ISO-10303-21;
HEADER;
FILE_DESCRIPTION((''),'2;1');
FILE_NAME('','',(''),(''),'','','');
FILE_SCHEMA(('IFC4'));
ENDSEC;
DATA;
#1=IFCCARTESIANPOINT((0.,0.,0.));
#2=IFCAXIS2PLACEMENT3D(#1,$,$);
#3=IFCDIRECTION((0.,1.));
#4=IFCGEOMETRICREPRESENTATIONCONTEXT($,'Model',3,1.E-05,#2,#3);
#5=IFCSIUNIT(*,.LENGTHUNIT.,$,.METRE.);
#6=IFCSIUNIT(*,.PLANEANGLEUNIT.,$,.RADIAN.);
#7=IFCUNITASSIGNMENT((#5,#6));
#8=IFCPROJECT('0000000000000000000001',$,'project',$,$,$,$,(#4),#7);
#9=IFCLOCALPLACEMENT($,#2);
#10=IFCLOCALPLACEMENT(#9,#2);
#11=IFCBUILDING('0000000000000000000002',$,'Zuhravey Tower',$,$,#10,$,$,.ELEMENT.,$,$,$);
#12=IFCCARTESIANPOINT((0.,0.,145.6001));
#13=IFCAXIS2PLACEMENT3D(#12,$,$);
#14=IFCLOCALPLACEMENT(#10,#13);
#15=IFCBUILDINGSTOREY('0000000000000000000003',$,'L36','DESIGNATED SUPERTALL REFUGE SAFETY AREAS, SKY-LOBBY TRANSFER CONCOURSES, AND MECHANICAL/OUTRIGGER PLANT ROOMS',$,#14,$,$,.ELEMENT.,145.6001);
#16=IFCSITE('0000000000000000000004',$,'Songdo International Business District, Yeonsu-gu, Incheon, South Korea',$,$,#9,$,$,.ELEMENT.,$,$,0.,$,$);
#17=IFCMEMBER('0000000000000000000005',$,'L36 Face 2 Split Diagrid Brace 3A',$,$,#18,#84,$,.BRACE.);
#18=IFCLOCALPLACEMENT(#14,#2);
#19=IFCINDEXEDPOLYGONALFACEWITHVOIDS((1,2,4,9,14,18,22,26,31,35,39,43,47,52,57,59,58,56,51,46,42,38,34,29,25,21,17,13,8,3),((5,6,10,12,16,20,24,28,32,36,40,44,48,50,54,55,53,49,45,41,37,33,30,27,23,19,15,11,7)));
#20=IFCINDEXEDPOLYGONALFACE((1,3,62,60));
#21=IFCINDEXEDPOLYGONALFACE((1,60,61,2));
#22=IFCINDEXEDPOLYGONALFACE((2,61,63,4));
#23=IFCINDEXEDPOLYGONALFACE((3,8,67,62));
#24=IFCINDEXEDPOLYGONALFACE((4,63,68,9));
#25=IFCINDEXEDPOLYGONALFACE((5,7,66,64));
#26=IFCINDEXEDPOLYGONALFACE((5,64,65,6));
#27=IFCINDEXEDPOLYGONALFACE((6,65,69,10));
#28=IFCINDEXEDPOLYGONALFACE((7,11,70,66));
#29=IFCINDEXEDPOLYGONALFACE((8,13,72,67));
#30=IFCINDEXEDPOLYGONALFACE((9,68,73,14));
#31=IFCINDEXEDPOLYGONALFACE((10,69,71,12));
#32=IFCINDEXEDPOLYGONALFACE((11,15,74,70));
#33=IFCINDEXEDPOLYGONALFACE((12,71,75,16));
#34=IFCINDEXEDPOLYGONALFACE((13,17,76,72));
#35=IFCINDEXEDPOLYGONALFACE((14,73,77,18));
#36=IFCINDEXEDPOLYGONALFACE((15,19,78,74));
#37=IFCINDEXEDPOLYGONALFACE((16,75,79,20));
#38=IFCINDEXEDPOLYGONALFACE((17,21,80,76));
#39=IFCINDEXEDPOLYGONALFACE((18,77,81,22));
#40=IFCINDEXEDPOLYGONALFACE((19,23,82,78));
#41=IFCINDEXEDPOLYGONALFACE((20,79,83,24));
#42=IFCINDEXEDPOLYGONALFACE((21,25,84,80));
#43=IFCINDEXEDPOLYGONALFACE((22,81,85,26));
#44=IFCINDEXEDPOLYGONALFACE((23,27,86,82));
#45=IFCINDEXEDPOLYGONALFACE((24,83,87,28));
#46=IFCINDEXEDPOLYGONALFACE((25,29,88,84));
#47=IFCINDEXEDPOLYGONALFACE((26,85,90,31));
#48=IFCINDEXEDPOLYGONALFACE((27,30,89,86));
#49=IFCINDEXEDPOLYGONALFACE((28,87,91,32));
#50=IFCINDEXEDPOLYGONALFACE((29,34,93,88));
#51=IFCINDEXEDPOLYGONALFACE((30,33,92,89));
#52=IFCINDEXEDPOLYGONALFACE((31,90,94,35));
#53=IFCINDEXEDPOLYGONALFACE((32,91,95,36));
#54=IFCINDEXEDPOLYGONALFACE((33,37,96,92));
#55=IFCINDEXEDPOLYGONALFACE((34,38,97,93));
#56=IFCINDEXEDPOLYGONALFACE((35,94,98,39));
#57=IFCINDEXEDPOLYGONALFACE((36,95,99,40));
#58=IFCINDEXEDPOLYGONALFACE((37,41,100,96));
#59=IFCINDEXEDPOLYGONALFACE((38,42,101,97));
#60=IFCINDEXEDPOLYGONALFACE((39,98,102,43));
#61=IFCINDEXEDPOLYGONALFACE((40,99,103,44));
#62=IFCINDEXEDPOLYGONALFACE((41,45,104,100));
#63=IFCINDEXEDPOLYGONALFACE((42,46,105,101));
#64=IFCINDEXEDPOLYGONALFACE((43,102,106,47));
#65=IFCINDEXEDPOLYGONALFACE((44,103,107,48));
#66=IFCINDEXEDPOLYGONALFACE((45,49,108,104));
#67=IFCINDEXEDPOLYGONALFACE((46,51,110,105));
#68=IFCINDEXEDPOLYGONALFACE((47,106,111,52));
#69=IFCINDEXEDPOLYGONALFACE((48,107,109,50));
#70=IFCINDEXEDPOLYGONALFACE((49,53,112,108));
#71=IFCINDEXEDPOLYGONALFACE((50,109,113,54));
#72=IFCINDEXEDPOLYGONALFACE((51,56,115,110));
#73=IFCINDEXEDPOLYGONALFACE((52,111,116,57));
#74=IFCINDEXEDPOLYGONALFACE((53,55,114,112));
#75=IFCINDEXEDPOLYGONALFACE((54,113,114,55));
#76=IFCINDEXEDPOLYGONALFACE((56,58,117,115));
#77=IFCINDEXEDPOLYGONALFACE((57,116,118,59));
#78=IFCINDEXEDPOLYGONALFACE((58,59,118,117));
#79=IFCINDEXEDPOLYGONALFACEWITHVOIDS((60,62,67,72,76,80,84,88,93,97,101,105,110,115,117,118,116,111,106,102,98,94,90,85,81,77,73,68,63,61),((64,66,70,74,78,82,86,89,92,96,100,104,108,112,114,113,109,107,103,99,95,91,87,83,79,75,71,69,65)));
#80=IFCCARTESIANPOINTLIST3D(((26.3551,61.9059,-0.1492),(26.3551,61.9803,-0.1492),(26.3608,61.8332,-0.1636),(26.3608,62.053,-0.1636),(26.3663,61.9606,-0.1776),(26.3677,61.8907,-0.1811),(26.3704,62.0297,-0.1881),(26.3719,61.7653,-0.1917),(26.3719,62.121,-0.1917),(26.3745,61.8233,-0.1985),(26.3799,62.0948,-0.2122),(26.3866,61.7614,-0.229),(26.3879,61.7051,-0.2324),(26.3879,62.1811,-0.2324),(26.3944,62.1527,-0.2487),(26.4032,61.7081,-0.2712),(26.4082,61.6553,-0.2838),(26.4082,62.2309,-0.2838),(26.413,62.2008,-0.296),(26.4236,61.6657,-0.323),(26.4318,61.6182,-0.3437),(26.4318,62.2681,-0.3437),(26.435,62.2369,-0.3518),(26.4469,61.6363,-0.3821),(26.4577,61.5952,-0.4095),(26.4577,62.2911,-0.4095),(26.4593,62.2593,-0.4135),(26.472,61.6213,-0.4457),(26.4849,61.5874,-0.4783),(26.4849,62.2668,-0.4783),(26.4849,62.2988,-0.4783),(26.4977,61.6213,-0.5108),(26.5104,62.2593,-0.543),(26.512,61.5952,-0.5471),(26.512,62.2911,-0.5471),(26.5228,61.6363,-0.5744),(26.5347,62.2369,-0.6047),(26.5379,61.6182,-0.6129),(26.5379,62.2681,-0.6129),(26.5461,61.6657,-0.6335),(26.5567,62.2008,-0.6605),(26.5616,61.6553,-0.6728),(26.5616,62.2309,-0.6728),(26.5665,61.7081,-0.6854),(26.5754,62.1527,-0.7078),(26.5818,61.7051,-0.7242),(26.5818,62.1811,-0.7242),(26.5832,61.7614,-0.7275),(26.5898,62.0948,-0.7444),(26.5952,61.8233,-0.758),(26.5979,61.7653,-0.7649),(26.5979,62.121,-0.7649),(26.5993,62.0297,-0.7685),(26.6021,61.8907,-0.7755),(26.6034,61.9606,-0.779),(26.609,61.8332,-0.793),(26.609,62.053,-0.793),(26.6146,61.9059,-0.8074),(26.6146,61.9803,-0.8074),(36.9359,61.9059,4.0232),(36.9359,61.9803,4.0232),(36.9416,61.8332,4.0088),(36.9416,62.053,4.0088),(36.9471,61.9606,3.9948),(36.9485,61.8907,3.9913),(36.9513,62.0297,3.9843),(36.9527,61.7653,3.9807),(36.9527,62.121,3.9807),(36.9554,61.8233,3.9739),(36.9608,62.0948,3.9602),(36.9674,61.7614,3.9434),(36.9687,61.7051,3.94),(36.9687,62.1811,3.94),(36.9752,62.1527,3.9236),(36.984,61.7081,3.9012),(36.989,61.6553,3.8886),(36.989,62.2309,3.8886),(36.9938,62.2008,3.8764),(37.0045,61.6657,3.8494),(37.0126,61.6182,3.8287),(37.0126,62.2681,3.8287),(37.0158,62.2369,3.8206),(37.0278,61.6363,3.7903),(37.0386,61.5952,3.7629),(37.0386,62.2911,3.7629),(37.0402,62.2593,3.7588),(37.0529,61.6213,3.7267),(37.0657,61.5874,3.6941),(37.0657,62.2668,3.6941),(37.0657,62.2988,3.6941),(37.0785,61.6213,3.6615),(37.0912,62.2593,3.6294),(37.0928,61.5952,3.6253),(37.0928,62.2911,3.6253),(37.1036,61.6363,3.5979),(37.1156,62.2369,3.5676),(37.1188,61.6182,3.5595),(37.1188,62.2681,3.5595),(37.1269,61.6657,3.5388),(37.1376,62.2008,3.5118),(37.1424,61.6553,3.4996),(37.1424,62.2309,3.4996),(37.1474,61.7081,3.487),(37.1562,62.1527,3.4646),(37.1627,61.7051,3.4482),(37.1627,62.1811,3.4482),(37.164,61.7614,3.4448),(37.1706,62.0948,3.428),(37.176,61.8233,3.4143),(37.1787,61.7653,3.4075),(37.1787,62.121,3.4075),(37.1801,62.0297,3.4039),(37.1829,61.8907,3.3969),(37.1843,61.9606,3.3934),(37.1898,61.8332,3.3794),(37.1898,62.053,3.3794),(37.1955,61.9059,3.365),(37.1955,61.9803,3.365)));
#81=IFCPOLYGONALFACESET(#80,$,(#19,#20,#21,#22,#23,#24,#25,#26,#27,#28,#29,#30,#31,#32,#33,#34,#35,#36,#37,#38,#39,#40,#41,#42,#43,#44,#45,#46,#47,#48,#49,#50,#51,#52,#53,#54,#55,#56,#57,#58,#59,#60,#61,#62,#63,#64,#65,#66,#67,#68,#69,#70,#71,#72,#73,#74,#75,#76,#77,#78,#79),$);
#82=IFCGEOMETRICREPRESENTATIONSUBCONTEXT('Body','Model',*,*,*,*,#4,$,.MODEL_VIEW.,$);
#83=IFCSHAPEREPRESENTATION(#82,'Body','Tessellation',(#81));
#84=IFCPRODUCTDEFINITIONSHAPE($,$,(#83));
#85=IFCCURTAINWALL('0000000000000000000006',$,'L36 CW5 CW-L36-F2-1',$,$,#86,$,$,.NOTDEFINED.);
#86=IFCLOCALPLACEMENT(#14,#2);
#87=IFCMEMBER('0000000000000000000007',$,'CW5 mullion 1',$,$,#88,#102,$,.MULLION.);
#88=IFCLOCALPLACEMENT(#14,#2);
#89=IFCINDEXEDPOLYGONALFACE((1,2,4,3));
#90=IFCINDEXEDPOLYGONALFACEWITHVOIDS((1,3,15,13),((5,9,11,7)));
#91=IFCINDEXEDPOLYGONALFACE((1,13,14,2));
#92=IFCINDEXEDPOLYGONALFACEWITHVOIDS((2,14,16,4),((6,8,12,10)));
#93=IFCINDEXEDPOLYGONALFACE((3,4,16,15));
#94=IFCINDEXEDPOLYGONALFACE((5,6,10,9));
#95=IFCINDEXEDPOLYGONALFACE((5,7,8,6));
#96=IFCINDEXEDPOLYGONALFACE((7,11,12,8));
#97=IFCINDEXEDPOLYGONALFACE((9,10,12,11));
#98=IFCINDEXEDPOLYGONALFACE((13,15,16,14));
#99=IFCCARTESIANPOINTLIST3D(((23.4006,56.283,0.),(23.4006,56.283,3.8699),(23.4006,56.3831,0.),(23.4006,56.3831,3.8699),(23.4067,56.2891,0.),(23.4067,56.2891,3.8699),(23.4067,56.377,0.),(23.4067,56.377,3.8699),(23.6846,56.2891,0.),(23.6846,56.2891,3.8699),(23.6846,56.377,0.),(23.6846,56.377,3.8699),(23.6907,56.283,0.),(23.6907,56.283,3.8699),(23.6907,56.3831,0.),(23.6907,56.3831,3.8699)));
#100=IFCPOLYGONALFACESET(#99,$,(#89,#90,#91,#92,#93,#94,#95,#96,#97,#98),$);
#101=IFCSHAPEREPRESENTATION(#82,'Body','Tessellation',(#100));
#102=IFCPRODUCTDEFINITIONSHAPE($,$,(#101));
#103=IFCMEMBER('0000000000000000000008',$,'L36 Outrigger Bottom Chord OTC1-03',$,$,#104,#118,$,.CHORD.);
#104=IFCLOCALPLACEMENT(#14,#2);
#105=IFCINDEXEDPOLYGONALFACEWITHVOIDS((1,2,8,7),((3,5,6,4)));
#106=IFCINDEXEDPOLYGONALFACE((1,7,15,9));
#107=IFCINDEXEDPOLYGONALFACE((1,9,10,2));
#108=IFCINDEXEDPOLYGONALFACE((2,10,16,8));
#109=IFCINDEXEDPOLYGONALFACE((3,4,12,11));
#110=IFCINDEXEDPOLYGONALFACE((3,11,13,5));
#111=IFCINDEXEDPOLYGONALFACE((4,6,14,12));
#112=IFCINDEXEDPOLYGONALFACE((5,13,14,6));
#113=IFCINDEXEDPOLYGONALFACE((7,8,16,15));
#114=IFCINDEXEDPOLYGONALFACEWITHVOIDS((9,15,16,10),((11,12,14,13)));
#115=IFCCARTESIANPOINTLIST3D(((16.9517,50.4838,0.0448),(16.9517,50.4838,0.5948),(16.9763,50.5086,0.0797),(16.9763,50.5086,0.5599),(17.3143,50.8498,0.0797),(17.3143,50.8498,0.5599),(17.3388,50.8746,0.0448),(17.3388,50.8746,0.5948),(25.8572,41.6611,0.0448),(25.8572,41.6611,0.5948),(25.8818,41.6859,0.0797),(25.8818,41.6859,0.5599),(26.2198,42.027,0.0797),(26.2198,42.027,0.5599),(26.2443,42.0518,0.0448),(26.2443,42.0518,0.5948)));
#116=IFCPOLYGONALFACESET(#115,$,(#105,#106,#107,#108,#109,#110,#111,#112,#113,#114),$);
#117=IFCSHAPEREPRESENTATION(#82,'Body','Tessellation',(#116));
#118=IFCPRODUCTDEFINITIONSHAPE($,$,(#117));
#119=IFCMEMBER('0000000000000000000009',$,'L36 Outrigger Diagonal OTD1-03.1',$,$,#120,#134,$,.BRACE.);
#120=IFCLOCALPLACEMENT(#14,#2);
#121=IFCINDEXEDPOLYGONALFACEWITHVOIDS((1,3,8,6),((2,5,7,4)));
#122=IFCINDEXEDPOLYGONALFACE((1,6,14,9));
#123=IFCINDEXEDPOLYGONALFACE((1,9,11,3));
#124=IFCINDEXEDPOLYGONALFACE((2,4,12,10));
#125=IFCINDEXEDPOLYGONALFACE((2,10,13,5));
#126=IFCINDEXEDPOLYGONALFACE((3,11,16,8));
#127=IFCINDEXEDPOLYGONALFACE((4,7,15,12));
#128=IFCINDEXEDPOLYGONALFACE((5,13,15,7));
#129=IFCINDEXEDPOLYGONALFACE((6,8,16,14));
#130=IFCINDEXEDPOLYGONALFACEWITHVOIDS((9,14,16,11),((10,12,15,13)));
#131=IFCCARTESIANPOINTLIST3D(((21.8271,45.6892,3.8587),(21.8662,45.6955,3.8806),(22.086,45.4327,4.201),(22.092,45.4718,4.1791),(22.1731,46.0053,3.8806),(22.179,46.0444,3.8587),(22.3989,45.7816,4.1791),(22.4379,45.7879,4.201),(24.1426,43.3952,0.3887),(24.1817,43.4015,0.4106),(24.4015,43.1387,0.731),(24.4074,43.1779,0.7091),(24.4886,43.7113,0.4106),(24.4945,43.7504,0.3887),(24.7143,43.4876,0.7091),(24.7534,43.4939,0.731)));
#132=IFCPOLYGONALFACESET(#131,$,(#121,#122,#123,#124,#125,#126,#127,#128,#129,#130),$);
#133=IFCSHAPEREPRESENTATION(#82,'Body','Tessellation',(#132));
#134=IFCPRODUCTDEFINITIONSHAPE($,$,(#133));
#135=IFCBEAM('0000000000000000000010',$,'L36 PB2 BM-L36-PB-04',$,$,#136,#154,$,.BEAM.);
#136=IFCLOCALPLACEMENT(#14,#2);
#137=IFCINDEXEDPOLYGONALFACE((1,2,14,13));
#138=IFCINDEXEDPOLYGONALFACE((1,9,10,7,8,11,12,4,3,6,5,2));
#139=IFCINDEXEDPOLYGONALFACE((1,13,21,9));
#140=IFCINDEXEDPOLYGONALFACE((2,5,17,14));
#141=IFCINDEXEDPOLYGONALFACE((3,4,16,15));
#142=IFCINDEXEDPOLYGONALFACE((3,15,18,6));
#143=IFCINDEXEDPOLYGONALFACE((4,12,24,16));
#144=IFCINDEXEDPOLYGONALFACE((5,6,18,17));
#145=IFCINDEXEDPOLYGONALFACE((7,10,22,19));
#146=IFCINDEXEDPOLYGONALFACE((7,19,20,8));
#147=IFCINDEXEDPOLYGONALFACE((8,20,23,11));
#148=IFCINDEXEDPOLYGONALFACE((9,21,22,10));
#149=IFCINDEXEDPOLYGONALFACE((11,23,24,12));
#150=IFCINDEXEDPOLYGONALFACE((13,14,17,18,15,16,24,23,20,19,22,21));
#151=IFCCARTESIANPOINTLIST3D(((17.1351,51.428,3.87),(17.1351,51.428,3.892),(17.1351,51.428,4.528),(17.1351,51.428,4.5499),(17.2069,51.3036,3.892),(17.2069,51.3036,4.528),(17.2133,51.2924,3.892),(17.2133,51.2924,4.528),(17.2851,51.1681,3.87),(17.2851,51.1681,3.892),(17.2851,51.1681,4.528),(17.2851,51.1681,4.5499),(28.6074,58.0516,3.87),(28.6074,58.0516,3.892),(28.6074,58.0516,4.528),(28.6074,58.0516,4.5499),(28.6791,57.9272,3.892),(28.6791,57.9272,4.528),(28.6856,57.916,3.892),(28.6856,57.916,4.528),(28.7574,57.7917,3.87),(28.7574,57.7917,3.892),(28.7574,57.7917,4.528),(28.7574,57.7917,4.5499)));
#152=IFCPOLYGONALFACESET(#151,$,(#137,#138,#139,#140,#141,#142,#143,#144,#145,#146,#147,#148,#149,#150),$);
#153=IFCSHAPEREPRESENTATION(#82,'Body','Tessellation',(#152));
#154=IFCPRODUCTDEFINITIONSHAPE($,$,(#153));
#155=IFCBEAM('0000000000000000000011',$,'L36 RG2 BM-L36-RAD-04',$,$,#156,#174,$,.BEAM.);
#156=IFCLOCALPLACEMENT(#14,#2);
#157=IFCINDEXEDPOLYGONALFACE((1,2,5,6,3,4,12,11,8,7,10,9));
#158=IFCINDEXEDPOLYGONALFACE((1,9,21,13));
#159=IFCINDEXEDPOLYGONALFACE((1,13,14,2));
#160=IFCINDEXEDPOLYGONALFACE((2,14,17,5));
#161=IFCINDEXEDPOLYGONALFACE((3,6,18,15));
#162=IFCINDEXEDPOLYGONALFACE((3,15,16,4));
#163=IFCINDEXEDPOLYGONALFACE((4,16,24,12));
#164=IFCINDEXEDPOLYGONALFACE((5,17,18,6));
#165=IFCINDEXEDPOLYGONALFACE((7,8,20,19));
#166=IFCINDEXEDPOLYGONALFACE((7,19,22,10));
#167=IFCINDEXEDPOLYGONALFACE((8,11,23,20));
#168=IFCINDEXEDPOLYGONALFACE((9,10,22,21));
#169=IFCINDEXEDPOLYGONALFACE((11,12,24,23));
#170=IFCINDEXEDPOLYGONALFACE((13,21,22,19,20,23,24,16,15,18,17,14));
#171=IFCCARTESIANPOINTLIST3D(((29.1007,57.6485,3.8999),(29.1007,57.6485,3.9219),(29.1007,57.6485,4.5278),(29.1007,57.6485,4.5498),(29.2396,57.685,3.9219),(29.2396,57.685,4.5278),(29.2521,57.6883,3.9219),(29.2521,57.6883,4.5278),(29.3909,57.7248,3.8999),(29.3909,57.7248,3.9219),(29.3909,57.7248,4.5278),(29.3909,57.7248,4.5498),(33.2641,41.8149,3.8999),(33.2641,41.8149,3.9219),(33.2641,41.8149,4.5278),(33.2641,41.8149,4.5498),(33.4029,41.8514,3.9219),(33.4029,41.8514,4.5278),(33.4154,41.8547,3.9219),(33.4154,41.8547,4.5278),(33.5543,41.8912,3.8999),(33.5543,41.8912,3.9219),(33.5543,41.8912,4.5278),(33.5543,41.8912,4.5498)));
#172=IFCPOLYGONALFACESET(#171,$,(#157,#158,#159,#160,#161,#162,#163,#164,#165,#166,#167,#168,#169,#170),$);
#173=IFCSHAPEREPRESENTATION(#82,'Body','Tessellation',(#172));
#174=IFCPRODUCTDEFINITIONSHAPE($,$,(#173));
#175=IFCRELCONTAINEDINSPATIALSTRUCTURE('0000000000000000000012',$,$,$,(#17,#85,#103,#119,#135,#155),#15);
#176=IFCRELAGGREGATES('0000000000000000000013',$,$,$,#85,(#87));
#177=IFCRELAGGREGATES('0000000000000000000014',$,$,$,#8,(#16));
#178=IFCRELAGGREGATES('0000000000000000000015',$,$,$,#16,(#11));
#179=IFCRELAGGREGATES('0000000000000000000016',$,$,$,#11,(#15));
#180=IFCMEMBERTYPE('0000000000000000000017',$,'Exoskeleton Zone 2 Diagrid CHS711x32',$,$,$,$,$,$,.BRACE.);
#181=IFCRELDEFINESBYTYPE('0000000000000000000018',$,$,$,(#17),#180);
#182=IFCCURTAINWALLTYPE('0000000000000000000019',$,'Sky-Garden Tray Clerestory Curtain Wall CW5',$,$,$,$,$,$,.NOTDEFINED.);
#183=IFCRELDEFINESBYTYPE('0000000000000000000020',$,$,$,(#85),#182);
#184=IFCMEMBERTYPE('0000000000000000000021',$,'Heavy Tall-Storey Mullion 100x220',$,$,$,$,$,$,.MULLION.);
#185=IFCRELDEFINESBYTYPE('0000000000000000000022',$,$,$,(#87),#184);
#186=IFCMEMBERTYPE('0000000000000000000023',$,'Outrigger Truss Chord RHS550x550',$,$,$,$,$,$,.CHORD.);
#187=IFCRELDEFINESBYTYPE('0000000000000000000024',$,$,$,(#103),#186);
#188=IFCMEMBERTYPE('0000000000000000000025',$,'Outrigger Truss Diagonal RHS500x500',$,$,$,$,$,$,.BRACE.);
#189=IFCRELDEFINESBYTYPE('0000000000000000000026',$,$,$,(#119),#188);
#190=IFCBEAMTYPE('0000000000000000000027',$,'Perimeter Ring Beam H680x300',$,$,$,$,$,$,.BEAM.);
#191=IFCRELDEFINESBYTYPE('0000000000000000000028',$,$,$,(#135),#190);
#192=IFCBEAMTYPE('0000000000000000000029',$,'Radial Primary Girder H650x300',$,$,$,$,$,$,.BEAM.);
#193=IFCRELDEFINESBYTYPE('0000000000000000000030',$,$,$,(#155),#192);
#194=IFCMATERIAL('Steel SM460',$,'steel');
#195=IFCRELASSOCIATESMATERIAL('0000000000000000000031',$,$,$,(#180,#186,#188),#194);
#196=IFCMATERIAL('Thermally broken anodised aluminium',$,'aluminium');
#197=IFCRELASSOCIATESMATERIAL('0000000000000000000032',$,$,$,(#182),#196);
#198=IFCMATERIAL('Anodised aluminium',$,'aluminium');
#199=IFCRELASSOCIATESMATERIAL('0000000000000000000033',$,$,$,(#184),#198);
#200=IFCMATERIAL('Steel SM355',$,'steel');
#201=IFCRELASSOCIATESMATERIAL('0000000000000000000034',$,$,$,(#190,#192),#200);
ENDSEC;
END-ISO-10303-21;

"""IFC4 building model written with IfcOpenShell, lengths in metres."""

from ifc_helpers import new_model, si_unit, direction, frame, origin, origin_2d, place, context, subcontext, project, spatial, hollow_rectangle, hollow_circle, i_section, extrude, material, material_profile, profile_set, type_object, element, aggregate, save


model = new_model("IFC4")

# Units and contexts
model_context = context("Model", 3, precision=1e-05, world=origin(), true_north=direction((0.0, 1.0)))
body_context = subcontext(model_context, "Body", "Model", "MODEL_VIEW")
ifc_project = project(units=[si_unit("LENGTHUNIT", "METRE"), si_unit("PLANEANGLEUNIT", "RADIAN")], contexts=[model_context])

# Site, building, storey
site_placement = place(None, origin())
site = spatial("IfcSite", under=ifc_project, at=site_placement, Name="Songdo International Business District, Yeonsu-gu, Incheon, South Korea", CompositionType="ELEMENT", RefElevation=0.0)
building_placement = place(site_placement, origin())
building = spatial("IfcBuilding", under=site, at=building_placement, Name="Zuhravey Tower", CompositionType="ELEMENT")
storey_placement = place(building_placement, frame((0.0, 0.0, 145.6001)))
storey = spatial("IfcBuildingStorey", under=building, at=storey_placement, Name="L36", Description="DESIGNATED SUPERTALL REFUGE SAFETY AREAS, SKY-LOBBY TRANSFER CONCOURSES, AND MECHANICAL/OUTRIGGER PLANT ROOMS", CompositionType="ELEMENT", Elevation=145.6001)

# Member
ifc_material_1 = material(Name="Steel SM355", Category="steel")
ifc_material_2 = material(Name="Steel SM460", Category="steel")
ifc_material_profile_1 = material_profile(ifc_material_2, hollow_circle(Radius=0.3557, WallThickness=0.032, at=origin_2d()), Name="CHS-711.2x32")
ifc_profile_set_1 = profile_set([ifc_material_profile_1], Name="Steel SM460")
member_type_1 = type_object("IfcMemberType", Name="Exoskeleton Zone 2 Diagrid CHS711x32", PredefinedType="BRACE", material=ifc_profile_set_1)
member_1_placement = place(storey_placement, frame((26.4849, 61.9431, -0.4783), z_axis=(0.930283, 0.0, 0.366842), x_axis=(0.0, 1.0, 0.0)))
element("IfcMember", 1, at=member_1_placement, inside=storey, type_object=member_type_1, Name="L36 Face 2 Split Diagrid Brace 3A", PredefinedType="BRACE", context=body_context, shape_type="SweptSolid", body=[
    extrude(hollow_circle(Radius=0.3557, WallThickness=0.032, at=origin_2d()), origin(), (0.0, 0.0, 1.0), 11.3738),
])

# Curtain wall, member
ifc_material_3 = material(Name="Thermally broken anodised aluminium", Category="aluminium")
curtain_wall_type = type_object("IfcCurtainWallType", Name="Sky-Garden Tray Clerestory Curtain Wall CW5", PredefinedType="NOTDEFINED", material=ifc_material_3)
curtain_wall_placement = place(storey_placement, origin())
curtain_wall = element("IfcCurtainWall", 2, at=curtain_wall_placement, inside=storey, type_object=curtain_wall_type, Name="L36 CW5 CW-L36-F2-1", PredefinedType="NOTDEFINED")
ifc_material_4 = material(Name="Anodised aluminium", Category="aluminium")
ifc_material_profile_2 = material_profile(ifc_material_4, hollow_rectangle(XDim=0.1001, YDim=0.29, WallThickness=0.0061, at=origin_2d()), Name="ALU-RHS-100x290x6")
ifc_profile_set_2 = profile_set([ifc_material_profile_2], Name="Anodised aluminium")
member_type_2 = type_object("IfcMemberType", Name="Heavy Tall-Storey Mullion 100x220", PredefinedType="MULLION", material=ifc_profile_set_2)
member_2_placement = place(storey_placement, frame((23.5457, 56.333, 0.0), z_axis=(0.0, 0.0, 1.0), x_axis=(0.0, 1.0, 0.0)))
member_2 = element("IfcMember", 3, at=member_2_placement, type_object=member_type_2, Name="CW5 mullion 1", PredefinedType="MULLION", context=body_context, shape_type="SweptSolid", body=[
    extrude(hollow_rectangle(XDim=0.1001, YDim=0.29, WallThickness=0.0061, at=origin_2d()), origin(), (0.0, 0.0, 1.0), 3.8699),
])

# Members
ifc_material_profile_3 = material_profile(ifc_material_2, hollow_rectangle(XDim=0.55, YDim=0.55, WallThickness=0.0349, at=origin_2d()), Name="RHS-550x550x35")
ifc_profile_set_3 = profile_set([ifc_material_profile_3], Name="Steel SM460")
member_type_3 = type_object("IfcMemberType", Name="Outrigger Truss Chord RHS550x550", PredefinedType="CHORD", material=ifc_profile_set_3)
member_3_placement = place(storey_placement, frame((26.0508, 41.8564, 0.3198), z_axis=(-0.7104, 0.703798, 0.0), x_axis=(-0.703798, -0.7104, 0.0)))
element("IfcMember", 4, at=member_3_placement, inside=storey, type_object=member_type_3, Name="L36 Outrigger Bottom Chord OTC1-03", PredefinedType="CHORD", context=body_context, shape_type="SweptSolid", body=[
    extrude(hollow_rectangle(XDim=0.55, YDim=0.55, WallThickness=0.0349, at=origin_2d()), origin(), (0.0, 0.0, 1.0), 12.5359),
])
ifc_material_profile_4 = material_profile(ifc_material_2, hollow_rectangle(XDim=0.5, YDim=0.5, WallThickness=0.032, at=origin_2d()), Name="RHS-500x500x32")
ifc_profile_set_4 = profile_set([ifc_material_profile_4], Name="Steel SM460")
member_type_4 = type_object("IfcMemberType", Name="Outrigger Truss Diagonal RHS500x500", PredefinedType="BRACE", material=ifc_profile_set_4)
member_4_placement = place(storey_placement, frame((24.448, 43.4446, 0.5598), z_axis=(-0.486365, 0.481852, 0.728881), x_axis=(-0.703803, -0.710395, 0.0)))
element("IfcMember", 5, at=member_4_placement, inside=storey, type_object=member_type_4, Name="L36 Outrigger Diagonal OTD1-03.1", PredefinedType="BRACE", context=body_context, shape_type="SweptSolid", body=[
    extrude(hollow_rectangle(XDim=0.5, YDim=0.5, WallThickness=0.032, at=origin_2d()), origin(), (0.0, 0.0, 1.0), 4.7607),
])

# Beams
ifc_material_profile_5 = material_profile(ifc_material_1, i_section(OverallWidth=0.3, OverallDepth=0.6799, WebThickness=0.0129, FlangeThickness=0.022, at=origin_2d()), Name="H-680x300x13x22")
ifc_profile_set_5 = profile_set([ifc_material_profile_5], Name="Steel SM355")
beam_type_1 = type_object("IfcBeamType", Name="Perimeter Ring Beam H680x300", PredefinedType="BEAM", material=ifc_profile_set_5)
beam_1_placement = place(storey_placement, frame((28.6824, 57.9216, 4.21), z_axis=(-0.866023, -0.500004, 0.0), x_axis=(0.500004, -0.866023, 0.0)))
element("IfcBeam", 6, at=beam_1_placement, inside=storey, type_object=beam_type_1, Name="L36 PB2 BM-L36-PB-04", PredefinedType="BEAM", context=body_context, shape_type="SweptSolid", body=[
    extrude(i_section(OverallWidth=0.3, OverallDepth=0.6799, WebThickness=0.0129, FlangeThickness=0.022, at=origin_2d()), origin(), (0.0, 0.0, 1.0), 13.2471),
])
ifc_material_profile_6 = material_profile(ifc_material_1, i_section(OverallWidth=0.3, OverallDepth=0.6499, WebThickness=0.0129, FlangeThickness=0.022, at=origin_2d()), Name="H-650x300x13x22")
ifc_profile_set_6 = profile_set([ifc_material_profile_6], Name="Steel SM355")
beam_type_2 = type_object("IfcBeamType", Name="Radial Primary Girder H650x300", PredefinedType="BEAM", material=ifc_profile_set_6)
beam_2_placement = place(storey_placement, frame((33.4092, 41.853, 4.2249), z_axis=(-0.2543, 0.967125, 0.0), x_axis=(-0.967125, -0.2543, 0.0)))
element("IfcBeam", 7, at=beam_2_placement, inside=storey, type_object=beam_type_2, Name="L36 RG2 BM-L36-RAD-04", PredefinedType="BEAM", context=body_context, shape_type="SweptSolid", body=[
    extrude(i_section(OverallWidth=0.3, OverallDepth=0.6499, WebThickness=0.0129, FlangeThickness=0.022, at=origin_2d()), origin(), (0.0, 0.0, 1.0), 16.3718),
])

aggregate(curtain_wall, [member_2])

save(model, "model.ifc")
